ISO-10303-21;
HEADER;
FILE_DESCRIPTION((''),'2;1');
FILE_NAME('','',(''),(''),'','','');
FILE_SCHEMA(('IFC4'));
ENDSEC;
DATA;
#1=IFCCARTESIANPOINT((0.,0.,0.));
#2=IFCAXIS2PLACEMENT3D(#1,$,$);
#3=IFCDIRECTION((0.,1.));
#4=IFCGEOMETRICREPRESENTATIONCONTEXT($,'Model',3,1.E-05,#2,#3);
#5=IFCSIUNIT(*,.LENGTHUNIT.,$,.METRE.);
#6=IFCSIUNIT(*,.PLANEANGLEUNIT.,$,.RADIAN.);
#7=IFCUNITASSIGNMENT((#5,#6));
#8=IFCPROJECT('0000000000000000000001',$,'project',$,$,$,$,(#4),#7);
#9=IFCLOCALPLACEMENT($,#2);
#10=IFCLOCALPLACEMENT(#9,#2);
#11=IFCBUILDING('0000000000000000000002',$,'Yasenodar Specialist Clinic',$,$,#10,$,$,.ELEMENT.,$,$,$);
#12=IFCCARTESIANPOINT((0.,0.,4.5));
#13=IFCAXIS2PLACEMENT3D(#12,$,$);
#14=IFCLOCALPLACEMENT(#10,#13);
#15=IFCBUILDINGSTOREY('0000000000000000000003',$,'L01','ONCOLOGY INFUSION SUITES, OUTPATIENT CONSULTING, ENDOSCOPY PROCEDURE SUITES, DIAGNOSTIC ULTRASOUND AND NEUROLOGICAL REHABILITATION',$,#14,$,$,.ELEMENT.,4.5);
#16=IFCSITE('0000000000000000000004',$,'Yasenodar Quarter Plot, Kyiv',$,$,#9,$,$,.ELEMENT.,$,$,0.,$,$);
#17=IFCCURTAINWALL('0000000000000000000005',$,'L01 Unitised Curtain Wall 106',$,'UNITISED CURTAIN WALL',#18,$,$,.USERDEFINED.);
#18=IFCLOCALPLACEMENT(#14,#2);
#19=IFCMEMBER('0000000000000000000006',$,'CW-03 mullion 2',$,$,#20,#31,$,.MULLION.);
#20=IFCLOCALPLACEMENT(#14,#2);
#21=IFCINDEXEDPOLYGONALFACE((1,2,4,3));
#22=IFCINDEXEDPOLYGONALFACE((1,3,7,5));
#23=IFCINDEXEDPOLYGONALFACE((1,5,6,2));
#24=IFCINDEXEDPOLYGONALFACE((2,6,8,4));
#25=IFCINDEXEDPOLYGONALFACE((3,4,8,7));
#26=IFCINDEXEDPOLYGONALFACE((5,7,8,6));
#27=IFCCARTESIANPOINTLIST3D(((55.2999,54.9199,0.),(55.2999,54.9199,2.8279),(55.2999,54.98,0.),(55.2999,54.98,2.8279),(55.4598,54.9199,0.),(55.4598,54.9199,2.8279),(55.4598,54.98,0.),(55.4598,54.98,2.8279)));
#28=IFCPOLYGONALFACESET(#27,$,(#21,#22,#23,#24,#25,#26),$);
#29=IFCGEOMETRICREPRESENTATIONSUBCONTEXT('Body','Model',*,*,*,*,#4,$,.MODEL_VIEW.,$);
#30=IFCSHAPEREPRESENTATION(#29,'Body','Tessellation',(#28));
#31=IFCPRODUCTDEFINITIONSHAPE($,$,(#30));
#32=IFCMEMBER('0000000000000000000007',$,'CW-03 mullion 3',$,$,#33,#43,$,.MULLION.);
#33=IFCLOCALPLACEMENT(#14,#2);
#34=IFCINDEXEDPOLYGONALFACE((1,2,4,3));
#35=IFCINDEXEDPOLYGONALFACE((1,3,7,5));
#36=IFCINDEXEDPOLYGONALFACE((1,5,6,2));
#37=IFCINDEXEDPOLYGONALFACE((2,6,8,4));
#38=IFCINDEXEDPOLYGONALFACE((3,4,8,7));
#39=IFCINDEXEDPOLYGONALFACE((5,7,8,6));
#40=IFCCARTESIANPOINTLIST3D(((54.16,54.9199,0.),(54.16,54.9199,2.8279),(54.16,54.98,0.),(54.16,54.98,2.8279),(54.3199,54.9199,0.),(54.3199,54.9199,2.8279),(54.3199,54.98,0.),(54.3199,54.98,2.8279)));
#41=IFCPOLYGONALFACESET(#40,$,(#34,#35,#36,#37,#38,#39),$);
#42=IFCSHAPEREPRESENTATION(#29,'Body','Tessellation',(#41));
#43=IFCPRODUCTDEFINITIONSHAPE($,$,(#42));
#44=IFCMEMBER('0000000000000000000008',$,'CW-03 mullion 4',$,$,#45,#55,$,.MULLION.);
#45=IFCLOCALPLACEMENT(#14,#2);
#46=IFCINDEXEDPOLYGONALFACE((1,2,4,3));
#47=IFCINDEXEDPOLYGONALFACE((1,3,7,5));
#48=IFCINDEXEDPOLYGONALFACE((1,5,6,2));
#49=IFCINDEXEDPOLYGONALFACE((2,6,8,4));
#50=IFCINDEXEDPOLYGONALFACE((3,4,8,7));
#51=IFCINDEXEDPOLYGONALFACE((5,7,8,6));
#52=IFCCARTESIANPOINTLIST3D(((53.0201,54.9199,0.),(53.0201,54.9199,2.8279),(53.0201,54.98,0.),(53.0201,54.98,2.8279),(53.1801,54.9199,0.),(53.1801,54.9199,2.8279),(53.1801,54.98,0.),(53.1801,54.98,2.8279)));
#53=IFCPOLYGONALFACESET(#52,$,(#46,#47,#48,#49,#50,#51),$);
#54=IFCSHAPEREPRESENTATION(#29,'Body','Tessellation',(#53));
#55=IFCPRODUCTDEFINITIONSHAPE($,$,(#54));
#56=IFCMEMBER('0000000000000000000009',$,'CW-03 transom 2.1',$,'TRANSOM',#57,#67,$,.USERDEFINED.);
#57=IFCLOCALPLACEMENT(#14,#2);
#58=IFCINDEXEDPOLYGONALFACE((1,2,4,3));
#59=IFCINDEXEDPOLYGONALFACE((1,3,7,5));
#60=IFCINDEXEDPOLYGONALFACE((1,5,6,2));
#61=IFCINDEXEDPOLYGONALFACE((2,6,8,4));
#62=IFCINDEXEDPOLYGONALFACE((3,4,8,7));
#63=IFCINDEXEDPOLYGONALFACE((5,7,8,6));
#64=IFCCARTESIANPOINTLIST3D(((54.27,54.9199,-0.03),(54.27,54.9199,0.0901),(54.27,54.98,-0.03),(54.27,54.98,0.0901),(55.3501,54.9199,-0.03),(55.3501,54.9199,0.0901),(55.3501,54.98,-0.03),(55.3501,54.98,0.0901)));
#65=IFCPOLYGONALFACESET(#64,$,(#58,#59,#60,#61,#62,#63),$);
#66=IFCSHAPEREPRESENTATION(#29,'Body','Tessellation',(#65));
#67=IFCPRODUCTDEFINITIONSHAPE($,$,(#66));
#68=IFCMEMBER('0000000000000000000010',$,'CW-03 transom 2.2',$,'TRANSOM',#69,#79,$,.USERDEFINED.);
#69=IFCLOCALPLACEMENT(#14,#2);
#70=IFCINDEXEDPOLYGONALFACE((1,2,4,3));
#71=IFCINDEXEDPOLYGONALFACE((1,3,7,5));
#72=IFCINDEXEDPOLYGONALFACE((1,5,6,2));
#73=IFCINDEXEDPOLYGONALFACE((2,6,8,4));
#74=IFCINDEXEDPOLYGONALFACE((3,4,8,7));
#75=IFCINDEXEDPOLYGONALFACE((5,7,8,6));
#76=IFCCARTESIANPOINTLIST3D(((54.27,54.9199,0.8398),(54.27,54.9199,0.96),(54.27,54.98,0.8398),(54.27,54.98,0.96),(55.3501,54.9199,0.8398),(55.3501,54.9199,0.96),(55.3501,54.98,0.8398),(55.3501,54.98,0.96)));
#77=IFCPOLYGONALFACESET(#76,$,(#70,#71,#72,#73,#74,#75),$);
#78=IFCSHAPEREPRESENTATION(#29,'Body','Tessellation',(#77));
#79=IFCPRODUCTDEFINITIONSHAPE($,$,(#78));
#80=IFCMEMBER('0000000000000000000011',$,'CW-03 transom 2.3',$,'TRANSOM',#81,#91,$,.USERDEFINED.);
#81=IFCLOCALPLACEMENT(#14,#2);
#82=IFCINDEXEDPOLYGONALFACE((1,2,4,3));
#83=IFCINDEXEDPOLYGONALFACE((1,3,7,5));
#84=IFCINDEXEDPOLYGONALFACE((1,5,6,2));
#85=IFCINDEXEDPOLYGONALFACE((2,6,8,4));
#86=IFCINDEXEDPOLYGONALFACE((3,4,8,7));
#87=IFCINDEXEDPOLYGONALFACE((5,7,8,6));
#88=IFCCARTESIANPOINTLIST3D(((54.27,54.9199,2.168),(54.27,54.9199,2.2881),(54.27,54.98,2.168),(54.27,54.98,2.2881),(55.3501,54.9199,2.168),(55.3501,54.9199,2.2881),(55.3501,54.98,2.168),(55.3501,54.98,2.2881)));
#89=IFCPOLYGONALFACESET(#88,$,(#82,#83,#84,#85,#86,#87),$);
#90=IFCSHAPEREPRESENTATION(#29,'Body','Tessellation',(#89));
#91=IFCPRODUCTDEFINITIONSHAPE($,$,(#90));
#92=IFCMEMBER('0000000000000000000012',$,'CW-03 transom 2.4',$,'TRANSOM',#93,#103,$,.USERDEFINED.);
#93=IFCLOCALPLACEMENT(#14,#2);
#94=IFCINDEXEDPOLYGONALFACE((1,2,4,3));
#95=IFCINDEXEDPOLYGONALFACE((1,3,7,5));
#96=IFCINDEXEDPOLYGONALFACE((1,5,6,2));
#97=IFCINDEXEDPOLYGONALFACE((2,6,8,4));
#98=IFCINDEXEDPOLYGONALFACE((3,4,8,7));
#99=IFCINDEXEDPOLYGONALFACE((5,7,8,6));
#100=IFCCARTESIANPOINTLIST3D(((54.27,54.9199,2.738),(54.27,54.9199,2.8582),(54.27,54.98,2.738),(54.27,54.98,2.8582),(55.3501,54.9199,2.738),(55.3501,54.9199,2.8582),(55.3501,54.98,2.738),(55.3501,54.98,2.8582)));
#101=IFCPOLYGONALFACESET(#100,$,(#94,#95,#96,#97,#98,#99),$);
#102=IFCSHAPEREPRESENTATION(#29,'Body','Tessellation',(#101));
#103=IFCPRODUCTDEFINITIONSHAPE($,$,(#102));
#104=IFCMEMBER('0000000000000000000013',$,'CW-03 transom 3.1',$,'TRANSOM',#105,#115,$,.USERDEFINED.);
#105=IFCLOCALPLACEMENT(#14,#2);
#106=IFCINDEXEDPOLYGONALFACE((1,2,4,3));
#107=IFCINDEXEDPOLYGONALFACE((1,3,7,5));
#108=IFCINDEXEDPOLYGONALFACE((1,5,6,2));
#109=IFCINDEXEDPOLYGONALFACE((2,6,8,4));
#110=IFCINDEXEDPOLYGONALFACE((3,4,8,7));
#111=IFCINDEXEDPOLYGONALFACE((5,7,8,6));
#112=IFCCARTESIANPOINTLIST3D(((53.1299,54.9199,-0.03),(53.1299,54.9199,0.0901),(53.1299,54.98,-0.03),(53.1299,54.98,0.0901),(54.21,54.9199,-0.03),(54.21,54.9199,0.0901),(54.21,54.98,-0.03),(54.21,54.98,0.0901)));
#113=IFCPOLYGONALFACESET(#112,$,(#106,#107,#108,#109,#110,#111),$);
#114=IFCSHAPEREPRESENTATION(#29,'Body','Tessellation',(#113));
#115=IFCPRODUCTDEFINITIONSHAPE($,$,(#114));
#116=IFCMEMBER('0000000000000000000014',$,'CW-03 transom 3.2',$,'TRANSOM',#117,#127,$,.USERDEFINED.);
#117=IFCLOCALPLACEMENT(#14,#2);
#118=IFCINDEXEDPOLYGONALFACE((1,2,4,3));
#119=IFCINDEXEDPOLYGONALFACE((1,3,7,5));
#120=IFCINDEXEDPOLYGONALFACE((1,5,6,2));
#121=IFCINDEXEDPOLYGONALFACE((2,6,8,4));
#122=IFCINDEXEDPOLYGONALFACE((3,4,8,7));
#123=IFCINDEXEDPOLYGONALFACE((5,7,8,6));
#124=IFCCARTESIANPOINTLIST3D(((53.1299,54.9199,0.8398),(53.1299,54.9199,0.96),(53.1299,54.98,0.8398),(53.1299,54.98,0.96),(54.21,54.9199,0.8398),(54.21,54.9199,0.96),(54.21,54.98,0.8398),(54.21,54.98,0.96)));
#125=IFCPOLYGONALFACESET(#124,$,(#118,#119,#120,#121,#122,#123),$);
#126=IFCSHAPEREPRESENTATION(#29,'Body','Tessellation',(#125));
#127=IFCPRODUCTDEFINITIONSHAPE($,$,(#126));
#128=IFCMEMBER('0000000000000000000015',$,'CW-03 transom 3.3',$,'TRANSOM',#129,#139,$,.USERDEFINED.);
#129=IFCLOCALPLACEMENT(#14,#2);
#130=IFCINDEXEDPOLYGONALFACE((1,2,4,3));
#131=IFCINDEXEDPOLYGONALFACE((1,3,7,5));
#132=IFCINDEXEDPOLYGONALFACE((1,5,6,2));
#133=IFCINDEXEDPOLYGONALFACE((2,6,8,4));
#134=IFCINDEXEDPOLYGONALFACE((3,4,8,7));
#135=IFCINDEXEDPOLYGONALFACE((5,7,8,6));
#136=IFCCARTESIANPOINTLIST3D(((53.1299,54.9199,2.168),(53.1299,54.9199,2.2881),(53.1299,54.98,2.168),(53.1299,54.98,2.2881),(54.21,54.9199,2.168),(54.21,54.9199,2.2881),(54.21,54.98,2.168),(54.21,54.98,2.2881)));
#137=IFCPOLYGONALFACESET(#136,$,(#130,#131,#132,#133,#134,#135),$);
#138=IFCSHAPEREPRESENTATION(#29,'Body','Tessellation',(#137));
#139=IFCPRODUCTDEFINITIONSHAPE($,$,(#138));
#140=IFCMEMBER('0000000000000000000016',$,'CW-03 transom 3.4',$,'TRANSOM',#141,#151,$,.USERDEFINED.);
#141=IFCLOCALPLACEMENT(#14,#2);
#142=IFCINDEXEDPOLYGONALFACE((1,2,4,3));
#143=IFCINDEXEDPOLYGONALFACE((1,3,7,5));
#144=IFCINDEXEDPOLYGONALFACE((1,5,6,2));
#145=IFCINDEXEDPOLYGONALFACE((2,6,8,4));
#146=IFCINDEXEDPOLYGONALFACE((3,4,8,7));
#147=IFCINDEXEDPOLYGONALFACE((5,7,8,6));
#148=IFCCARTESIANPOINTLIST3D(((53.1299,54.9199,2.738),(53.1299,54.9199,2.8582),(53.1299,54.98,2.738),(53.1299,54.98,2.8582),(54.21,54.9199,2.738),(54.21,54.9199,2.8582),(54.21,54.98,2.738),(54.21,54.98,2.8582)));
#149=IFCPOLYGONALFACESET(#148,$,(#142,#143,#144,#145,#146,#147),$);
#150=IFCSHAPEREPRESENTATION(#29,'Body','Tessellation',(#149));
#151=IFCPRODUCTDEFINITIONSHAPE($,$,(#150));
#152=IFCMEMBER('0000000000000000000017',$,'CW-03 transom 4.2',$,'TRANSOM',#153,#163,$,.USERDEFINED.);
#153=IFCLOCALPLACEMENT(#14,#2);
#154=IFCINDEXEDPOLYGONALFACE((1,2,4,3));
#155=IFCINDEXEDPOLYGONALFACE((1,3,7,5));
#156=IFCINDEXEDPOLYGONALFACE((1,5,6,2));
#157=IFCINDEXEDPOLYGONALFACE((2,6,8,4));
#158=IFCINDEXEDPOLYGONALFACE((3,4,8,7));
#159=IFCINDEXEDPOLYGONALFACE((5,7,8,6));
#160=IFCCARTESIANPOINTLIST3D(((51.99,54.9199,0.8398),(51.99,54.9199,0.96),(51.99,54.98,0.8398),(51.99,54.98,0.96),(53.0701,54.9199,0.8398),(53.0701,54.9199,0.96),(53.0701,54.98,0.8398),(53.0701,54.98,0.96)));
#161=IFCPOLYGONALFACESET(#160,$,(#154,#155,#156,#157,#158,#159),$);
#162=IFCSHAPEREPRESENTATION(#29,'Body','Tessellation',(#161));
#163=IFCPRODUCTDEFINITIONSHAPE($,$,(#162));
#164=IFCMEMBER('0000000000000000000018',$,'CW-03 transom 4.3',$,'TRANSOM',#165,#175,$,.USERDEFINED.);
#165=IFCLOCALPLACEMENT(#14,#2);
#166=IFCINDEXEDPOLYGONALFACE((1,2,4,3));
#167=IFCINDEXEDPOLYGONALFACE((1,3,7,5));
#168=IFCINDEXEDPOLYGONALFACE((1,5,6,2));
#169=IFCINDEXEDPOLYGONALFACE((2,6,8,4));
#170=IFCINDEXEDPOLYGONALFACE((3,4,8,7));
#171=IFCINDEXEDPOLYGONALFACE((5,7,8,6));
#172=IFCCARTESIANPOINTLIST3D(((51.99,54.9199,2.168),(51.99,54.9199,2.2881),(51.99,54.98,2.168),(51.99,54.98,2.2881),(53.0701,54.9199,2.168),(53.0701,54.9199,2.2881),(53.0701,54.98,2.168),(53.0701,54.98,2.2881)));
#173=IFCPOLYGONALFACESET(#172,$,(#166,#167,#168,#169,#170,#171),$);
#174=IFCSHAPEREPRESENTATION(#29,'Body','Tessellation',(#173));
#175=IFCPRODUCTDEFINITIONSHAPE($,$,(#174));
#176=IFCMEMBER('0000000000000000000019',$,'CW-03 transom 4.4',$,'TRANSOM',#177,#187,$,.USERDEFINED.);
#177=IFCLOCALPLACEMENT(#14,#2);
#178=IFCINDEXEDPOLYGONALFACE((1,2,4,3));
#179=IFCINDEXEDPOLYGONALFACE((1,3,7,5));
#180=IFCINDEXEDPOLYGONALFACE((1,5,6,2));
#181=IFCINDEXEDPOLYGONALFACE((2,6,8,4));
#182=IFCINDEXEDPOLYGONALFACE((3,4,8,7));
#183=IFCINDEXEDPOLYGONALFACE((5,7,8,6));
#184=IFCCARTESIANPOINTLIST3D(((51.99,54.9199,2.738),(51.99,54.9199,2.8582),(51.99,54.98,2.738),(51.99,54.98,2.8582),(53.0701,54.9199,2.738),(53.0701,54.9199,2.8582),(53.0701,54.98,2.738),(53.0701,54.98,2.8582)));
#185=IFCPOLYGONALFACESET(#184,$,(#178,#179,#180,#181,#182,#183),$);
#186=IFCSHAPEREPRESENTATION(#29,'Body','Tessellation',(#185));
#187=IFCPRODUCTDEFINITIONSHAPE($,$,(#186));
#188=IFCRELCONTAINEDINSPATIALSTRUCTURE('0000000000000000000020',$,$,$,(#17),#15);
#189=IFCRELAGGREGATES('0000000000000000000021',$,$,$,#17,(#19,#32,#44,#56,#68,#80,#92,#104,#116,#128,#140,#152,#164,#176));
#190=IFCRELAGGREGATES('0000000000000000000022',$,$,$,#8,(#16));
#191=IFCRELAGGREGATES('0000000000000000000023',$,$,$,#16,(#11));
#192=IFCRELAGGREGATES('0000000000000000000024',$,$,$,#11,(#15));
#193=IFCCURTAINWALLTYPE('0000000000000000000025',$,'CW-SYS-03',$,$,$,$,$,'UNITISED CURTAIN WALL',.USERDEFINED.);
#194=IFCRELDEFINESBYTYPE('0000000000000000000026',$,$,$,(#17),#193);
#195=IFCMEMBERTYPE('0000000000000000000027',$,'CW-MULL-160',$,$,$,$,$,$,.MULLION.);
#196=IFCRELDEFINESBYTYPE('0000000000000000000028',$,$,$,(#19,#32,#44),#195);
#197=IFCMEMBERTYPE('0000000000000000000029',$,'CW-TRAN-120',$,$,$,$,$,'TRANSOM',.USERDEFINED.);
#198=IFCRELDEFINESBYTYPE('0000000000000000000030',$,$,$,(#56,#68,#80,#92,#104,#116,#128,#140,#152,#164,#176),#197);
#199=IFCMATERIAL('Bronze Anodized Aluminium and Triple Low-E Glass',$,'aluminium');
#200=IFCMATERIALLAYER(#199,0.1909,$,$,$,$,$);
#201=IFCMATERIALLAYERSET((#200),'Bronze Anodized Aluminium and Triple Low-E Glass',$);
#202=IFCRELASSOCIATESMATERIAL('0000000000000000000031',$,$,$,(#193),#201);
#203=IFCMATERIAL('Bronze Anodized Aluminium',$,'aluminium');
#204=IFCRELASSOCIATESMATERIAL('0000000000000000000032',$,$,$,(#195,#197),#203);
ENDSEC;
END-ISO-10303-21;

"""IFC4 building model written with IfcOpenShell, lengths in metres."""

from ifc_helpers import new_model, si_unit, direction, frame, origin, origin_2d, place, context, subcontext, project, spatial, rectangle, extrude, material, layer, layer_set, material_profile, profile_set, type_object, element, aggregate, save


model = new_model("IFC4")

# Units and contexts
model_context = context("Model", 3, precision=1e-05, world=origin(), true_north=direction((0.0, 1.0)))
body_context = subcontext(model_context, "Body", "Model", "MODEL_VIEW")
ifc_project = project(units=[si_unit("LENGTHUNIT", "METRE"), si_unit("PLANEANGLEUNIT", "RADIAN")], contexts=[model_context])

# Site, building, storey
site_placement = place(None, origin())
site = spatial("IfcSite", under=ifc_project, at=site_placement, Name="Yasenodar Quarter Plot, Kyiv", CompositionType="ELEMENT", RefElevation=0.0)
building_placement = place(site_placement, origin())
building = spatial("IfcBuilding", under=site, at=building_placement, Name="Yasenodar Specialist Clinic", CompositionType="ELEMENT")
storey_placement = place(building_placement, frame((0.0, 0.0, 4.5)))
storey = spatial("IfcBuildingStorey", under=building, at=storey_placement, Name="L01", Description="ONCOLOGY INFUSION SUITES, OUTPATIENT CONSULTING, ENDOSCOPY PROCEDURE SUITES, DIAGNOSTIC ULTRASOUND AND NEUROLOGICAL REHABILITATION", CompositionType="ELEMENT", Elevation=4.5)

# Curtain wall, members
ifc_material_1 = material(Name="Bronze Anodized Aluminium and Triple Low-E Glass", Category="aluminium")
ifc_layer_1 = layer(ifc_material_1, 0.1909)
ifc_layer_set_1 = layer_set([ifc_layer_1], Name="Bronze Anodized Aluminium and Triple Low-E Glass")
curtain_wall_type = type_object("IfcCurtainWallType", Name="CW-SYS-03", ElementType="UNITISED CURTAIN WALL", PredefinedType="USERDEFINED", material=ifc_layer_set_1)
curtain_wall_placement = place(storey_placement, origin())
curtain_wall = element("IfcCurtainWall", 1, at=curtain_wall_placement, inside=storey, type_object=curtain_wall_type, Name="L01 Unitised Curtain Wall 106", ObjectType="UNITISED CURTAIN WALL", PredefinedType="USERDEFINED")
ifc_material_2 = material(Name="Bronze Anodized Aluminium", Category="aluminium")
ifc_material_profile_1 = material_profile(ifc_material_2, rectangle(XDim=0.0601, YDim=0.1599, at=origin_2d()), Name="CW-MULL 60x160")
ifc_profile_set_1 = profile_set([ifc_material_profile_1], Name="Bronze Anodized Aluminium")
member_type_1 = type_object("IfcMemberType", Name="CW-MULL-160", PredefinedType="MULLION", material=ifc_profile_set_1)
member_1_placement = place(storey_placement, frame((55.3799, 54.95, 0.0), z_axis=(0.0, 0.0, 1.0), x_axis=(0.0, -1.0, 0.0)))
member_1 = element("IfcMember", 2, at=member_1_placement, type_object=member_type_1, Name="CW-03 mullion 2", PredefinedType="MULLION", context=body_context, shape_type="SweptSolid", body=[
    extrude(rectangle(XDim=0.0601, YDim=0.1599, at=origin_2d()), origin(), (0.0, 0.0, 1.0), 2.8279),
])
member_2_placement = place(storey_placement, frame((54.24, 54.95, 0.0), z_axis=(0.0, 0.0, 1.0), x_axis=(0.0, -1.0, 0.0)))
member_2 = element("IfcMember", 3, at=member_2_placement, type_object=member_type_1, Name="CW-03 mullion 3", PredefinedType="MULLION", context=body_context, shape_type="SweptSolid", body=[
    extrude(rectangle(XDim=0.0601, YDim=0.1599, at=origin_2d()), origin(), (0.0, 0.0, 1.0), 2.8279),
])
member_3_placement = place(storey_placement, frame((53.1001, 54.95, 0.0), z_axis=(0.0, 0.0, 1.0), x_axis=(0.0, -1.0, 0.0)))
member_3 = element("IfcMember", 4, at=member_3_placement, type_object=member_type_1, Name="CW-03 mullion 4", PredefinedType="MULLION", context=body_context, shape_type="SweptSolid", body=[
    extrude(rectangle(XDim=0.0601, YDim=0.1599, at=origin_2d()), origin(), (0.0, 0.0, 1.0), 2.8279),
])
ifc_material_profile_2 = material_profile(ifc_material_2, rectangle(XDim=0.0601, YDim=0.1201, at=origin_2d()), Name="CW-TRAN 60x120")
ifc_profile_set_2 = profile_set([ifc_material_profile_2], Name="Bronze Anodized Aluminium")
member_type_2 = type_object("IfcMemberType", Name="CW-TRAN-120", ElementType="TRANSOM", PredefinedType="USERDEFINED", material=ifc_profile_set_2)
member_4_placement = place(storey_placement, frame((55.3501, 54.95, 0.03), z_axis=(-1.0, 0.0, 0.0), x_axis=(0.0, -1.0, 0.0)))
member_4 = element("IfcMember", 5, at=member_4_placement, type_object=member_type_2, Name="CW-03 transom 2.1", ObjectType="TRANSOM", PredefinedType="USERDEFINED", context=body_context, shape_type="SweptSolid", body=[
    extrude(rectangle(XDim=0.0601, YDim=0.1201, at=origin_2d()), origin(), (0.0, 0.0, 1.0), 1.0801),
])
member_5_placement = place(storey_placement, frame((55.3501, 54.95, 0.8999), z_axis=(-1.0, 0.0, 0.0), x_axis=(0.0, -1.0, 0.0)))
member_5 = element("IfcMember", 6, at=member_5_placement, type_object=member_type_2, Name="CW-03 transom 2.2", ObjectType="TRANSOM", PredefinedType="USERDEFINED", context=body_context, shape_type="SweptSolid", body=[
    extrude(rectangle(XDim=0.0601, YDim=0.1201, at=origin_2d()), origin(), (0.0, 0.0, 1.0), 1.0801),
])
member_6_placement = place(storey_placement, frame((55.3501, 54.95, 2.228), z_axis=(-1.0, 0.0, 0.0), x_axis=(0.0, -1.0, 0.0)))
member_6 = element("IfcMember", 7, at=member_6_placement, type_object=member_type_2, Name="CW-03 transom 2.3", ObjectType="TRANSOM", PredefinedType="USERDEFINED", context=body_context, shape_type="SweptSolid", body=[
    extrude(rectangle(XDim=0.0601, YDim=0.1201, at=origin_2d()), origin(), (0.0, 0.0, 1.0), 1.0801),
])
member_7_placement = place(storey_placement, frame((55.3501, 54.95, 2.7981), z_axis=(-1.0, 0.0, 0.0), x_axis=(0.0, -1.0, 0.0)))
member_7 = element("IfcMember", 8, at=member_7_placement, type_object=member_type_2, Name="CW-03 transom 2.4", ObjectType="TRANSOM", PredefinedType="USERDEFINED", context=body_context, shape_type="SweptSolid", body=[
    extrude(rectangle(XDim=0.0601, YDim=0.1201, at=origin_2d()), origin(), (0.0, 0.0, 1.0), 1.0801),
])
member_8_placement = place(storey_placement, frame((54.21, 54.95, 0.03), z_axis=(-1.0, 0.0, 0.0), x_axis=(0.0, -1.0, 0.0)))
member_8 = element("IfcMember", 9, at=member_8_placement, type_object=member_type_2, Name="CW-03 transom 3.1", ObjectType="TRANSOM", PredefinedType="USERDEFINED", context=body_context, shape_type="SweptSolid", body=[
    extrude(rectangle(XDim=0.0601, YDim=0.1201, at=origin_2d()), origin(), (0.0, 0.0, 1.0), 1.0801),
])
member_9_placement = place(storey_placement, frame((54.21, 54.95, 0.8999), z_axis=(-1.0, 0.0, 0.0), x_axis=(0.0, -1.0, 0.0)))
member_9 = element("IfcMember", 10, at=member_9_placement, type_object=member_type_2, Name="CW-03 transom 3.2", ObjectType="TRANSOM", PredefinedType="USERDEFINED", context=body_context, shape_type="SweptSolid", body=[
    extrude(rectangle(XDim=0.0601, YDim=0.1201, at=origin_2d()), origin(), (0.0, 0.0, 1.0), 1.0801),
])
member_10_placement = place(storey_placement, frame((54.21, 54.95, 2.228), z_axis=(-1.0, 0.0, 0.0), x_axis=(0.0, -1.0, 0.0)))
member_10 = element("IfcMember", 11, at=member_10_placement, type_object=member_type_2, Name="CW-03 transom 3.3", ObjectType="TRANSOM", PredefinedType="USERDEFINED", context=body_context, shape_type="SweptSolid", body=[
    extrude(rectangle(XDim=0.0601, YDim=0.1201, at=origin_2d()), origin(), (0.0, 0.0, 1.0), 1.0801),
])
member_11_placement = place(storey_placement, frame((54.21, 54.95, 2.7981), z_axis=(-1.0, 0.0, 0.0), x_axis=(0.0, -1.0, 0.0)))
member_11 = element("IfcMember", 12, at=member_11_placement, type_object=member_type_2, Name="CW-03 transom 3.4", ObjectType="TRANSOM", PredefinedType="USERDEFINED", context=body_context, shape_type="SweptSolid", body=[
    extrude(rectangle(XDim=0.0601, YDim=0.1201, at=origin_2d()), origin(), (0.0, 0.0, 1.0), 1.0801),
])
member_12_placement = place(storey_placement, frame((53.0701, 54.95, 0.8999), z_axis=(-1.0, 0.0, 0.0), x_axis=(0.0, -1.0, 0.0)))
member_12 = element("IfcMember", 13, at=member_12_placement, type_object=member_type_2, Name="CW-03 transom 4.2", ObjectType="TRANSOM", PredefinedType="USERDEFINED", context=body_context, shape_type="SweptSolid", body=[
    extrude(rectangle(XDim=0.0601, YDim=0.1201, at=origin_2d()), origin(), (0.0, 0.0, 1.0), 1.0801),
])
member_13_placement = place(storey_placement, frame((53.0701, 54.95, 2.228), z_axis=(-1.0, 0.0, 0.0), x_axis=(0.0, -1.0, 0.0)))
member_13 = element("IfcMember", 14, at=member_13_placement, type_object=member_type_2, Name="CW-03 transom 4.3", ObjectType="TRANSOM", PredefinedType="USERDEFINED", context=body_context, shape_type="SweptSolid", body=[
    extrude(rectangle(XDim=0.0601, YDim=0.1201, at=origin_2d()), origin(), (0.0, 0.0, 1.0), 1.0801),
])
member_14_placement = place(storey_placement, frame((53.0701, 54.95, 2.7981), z_axis=(-1.0, 0.0, 0.0), x_axis=(0.0, -1.0, 0.0)))
member_14 = element("IfcMember", 15, at=member_14_placement, type_object=member_type_2, Name="CW-03 transom 4.4", ObjectType="TRANSOM", PredefinedType="USERDEFINED", context=body_context, shape_type="SweptSolid", body=[
    extrude(rectangle(XDim=0.0601, YDim=0.1201, at=origin_2d()), origin(), (0.0, 0.0, 1.0), 1.0801),
])
aggregate(curtain_wall, [member_1, member_2, member_3, member_4, member_5, member_6, member_7, member_8, member_9, member_10, member_11, member_12, member_13, member_14])

save(model, "model.ifc")
